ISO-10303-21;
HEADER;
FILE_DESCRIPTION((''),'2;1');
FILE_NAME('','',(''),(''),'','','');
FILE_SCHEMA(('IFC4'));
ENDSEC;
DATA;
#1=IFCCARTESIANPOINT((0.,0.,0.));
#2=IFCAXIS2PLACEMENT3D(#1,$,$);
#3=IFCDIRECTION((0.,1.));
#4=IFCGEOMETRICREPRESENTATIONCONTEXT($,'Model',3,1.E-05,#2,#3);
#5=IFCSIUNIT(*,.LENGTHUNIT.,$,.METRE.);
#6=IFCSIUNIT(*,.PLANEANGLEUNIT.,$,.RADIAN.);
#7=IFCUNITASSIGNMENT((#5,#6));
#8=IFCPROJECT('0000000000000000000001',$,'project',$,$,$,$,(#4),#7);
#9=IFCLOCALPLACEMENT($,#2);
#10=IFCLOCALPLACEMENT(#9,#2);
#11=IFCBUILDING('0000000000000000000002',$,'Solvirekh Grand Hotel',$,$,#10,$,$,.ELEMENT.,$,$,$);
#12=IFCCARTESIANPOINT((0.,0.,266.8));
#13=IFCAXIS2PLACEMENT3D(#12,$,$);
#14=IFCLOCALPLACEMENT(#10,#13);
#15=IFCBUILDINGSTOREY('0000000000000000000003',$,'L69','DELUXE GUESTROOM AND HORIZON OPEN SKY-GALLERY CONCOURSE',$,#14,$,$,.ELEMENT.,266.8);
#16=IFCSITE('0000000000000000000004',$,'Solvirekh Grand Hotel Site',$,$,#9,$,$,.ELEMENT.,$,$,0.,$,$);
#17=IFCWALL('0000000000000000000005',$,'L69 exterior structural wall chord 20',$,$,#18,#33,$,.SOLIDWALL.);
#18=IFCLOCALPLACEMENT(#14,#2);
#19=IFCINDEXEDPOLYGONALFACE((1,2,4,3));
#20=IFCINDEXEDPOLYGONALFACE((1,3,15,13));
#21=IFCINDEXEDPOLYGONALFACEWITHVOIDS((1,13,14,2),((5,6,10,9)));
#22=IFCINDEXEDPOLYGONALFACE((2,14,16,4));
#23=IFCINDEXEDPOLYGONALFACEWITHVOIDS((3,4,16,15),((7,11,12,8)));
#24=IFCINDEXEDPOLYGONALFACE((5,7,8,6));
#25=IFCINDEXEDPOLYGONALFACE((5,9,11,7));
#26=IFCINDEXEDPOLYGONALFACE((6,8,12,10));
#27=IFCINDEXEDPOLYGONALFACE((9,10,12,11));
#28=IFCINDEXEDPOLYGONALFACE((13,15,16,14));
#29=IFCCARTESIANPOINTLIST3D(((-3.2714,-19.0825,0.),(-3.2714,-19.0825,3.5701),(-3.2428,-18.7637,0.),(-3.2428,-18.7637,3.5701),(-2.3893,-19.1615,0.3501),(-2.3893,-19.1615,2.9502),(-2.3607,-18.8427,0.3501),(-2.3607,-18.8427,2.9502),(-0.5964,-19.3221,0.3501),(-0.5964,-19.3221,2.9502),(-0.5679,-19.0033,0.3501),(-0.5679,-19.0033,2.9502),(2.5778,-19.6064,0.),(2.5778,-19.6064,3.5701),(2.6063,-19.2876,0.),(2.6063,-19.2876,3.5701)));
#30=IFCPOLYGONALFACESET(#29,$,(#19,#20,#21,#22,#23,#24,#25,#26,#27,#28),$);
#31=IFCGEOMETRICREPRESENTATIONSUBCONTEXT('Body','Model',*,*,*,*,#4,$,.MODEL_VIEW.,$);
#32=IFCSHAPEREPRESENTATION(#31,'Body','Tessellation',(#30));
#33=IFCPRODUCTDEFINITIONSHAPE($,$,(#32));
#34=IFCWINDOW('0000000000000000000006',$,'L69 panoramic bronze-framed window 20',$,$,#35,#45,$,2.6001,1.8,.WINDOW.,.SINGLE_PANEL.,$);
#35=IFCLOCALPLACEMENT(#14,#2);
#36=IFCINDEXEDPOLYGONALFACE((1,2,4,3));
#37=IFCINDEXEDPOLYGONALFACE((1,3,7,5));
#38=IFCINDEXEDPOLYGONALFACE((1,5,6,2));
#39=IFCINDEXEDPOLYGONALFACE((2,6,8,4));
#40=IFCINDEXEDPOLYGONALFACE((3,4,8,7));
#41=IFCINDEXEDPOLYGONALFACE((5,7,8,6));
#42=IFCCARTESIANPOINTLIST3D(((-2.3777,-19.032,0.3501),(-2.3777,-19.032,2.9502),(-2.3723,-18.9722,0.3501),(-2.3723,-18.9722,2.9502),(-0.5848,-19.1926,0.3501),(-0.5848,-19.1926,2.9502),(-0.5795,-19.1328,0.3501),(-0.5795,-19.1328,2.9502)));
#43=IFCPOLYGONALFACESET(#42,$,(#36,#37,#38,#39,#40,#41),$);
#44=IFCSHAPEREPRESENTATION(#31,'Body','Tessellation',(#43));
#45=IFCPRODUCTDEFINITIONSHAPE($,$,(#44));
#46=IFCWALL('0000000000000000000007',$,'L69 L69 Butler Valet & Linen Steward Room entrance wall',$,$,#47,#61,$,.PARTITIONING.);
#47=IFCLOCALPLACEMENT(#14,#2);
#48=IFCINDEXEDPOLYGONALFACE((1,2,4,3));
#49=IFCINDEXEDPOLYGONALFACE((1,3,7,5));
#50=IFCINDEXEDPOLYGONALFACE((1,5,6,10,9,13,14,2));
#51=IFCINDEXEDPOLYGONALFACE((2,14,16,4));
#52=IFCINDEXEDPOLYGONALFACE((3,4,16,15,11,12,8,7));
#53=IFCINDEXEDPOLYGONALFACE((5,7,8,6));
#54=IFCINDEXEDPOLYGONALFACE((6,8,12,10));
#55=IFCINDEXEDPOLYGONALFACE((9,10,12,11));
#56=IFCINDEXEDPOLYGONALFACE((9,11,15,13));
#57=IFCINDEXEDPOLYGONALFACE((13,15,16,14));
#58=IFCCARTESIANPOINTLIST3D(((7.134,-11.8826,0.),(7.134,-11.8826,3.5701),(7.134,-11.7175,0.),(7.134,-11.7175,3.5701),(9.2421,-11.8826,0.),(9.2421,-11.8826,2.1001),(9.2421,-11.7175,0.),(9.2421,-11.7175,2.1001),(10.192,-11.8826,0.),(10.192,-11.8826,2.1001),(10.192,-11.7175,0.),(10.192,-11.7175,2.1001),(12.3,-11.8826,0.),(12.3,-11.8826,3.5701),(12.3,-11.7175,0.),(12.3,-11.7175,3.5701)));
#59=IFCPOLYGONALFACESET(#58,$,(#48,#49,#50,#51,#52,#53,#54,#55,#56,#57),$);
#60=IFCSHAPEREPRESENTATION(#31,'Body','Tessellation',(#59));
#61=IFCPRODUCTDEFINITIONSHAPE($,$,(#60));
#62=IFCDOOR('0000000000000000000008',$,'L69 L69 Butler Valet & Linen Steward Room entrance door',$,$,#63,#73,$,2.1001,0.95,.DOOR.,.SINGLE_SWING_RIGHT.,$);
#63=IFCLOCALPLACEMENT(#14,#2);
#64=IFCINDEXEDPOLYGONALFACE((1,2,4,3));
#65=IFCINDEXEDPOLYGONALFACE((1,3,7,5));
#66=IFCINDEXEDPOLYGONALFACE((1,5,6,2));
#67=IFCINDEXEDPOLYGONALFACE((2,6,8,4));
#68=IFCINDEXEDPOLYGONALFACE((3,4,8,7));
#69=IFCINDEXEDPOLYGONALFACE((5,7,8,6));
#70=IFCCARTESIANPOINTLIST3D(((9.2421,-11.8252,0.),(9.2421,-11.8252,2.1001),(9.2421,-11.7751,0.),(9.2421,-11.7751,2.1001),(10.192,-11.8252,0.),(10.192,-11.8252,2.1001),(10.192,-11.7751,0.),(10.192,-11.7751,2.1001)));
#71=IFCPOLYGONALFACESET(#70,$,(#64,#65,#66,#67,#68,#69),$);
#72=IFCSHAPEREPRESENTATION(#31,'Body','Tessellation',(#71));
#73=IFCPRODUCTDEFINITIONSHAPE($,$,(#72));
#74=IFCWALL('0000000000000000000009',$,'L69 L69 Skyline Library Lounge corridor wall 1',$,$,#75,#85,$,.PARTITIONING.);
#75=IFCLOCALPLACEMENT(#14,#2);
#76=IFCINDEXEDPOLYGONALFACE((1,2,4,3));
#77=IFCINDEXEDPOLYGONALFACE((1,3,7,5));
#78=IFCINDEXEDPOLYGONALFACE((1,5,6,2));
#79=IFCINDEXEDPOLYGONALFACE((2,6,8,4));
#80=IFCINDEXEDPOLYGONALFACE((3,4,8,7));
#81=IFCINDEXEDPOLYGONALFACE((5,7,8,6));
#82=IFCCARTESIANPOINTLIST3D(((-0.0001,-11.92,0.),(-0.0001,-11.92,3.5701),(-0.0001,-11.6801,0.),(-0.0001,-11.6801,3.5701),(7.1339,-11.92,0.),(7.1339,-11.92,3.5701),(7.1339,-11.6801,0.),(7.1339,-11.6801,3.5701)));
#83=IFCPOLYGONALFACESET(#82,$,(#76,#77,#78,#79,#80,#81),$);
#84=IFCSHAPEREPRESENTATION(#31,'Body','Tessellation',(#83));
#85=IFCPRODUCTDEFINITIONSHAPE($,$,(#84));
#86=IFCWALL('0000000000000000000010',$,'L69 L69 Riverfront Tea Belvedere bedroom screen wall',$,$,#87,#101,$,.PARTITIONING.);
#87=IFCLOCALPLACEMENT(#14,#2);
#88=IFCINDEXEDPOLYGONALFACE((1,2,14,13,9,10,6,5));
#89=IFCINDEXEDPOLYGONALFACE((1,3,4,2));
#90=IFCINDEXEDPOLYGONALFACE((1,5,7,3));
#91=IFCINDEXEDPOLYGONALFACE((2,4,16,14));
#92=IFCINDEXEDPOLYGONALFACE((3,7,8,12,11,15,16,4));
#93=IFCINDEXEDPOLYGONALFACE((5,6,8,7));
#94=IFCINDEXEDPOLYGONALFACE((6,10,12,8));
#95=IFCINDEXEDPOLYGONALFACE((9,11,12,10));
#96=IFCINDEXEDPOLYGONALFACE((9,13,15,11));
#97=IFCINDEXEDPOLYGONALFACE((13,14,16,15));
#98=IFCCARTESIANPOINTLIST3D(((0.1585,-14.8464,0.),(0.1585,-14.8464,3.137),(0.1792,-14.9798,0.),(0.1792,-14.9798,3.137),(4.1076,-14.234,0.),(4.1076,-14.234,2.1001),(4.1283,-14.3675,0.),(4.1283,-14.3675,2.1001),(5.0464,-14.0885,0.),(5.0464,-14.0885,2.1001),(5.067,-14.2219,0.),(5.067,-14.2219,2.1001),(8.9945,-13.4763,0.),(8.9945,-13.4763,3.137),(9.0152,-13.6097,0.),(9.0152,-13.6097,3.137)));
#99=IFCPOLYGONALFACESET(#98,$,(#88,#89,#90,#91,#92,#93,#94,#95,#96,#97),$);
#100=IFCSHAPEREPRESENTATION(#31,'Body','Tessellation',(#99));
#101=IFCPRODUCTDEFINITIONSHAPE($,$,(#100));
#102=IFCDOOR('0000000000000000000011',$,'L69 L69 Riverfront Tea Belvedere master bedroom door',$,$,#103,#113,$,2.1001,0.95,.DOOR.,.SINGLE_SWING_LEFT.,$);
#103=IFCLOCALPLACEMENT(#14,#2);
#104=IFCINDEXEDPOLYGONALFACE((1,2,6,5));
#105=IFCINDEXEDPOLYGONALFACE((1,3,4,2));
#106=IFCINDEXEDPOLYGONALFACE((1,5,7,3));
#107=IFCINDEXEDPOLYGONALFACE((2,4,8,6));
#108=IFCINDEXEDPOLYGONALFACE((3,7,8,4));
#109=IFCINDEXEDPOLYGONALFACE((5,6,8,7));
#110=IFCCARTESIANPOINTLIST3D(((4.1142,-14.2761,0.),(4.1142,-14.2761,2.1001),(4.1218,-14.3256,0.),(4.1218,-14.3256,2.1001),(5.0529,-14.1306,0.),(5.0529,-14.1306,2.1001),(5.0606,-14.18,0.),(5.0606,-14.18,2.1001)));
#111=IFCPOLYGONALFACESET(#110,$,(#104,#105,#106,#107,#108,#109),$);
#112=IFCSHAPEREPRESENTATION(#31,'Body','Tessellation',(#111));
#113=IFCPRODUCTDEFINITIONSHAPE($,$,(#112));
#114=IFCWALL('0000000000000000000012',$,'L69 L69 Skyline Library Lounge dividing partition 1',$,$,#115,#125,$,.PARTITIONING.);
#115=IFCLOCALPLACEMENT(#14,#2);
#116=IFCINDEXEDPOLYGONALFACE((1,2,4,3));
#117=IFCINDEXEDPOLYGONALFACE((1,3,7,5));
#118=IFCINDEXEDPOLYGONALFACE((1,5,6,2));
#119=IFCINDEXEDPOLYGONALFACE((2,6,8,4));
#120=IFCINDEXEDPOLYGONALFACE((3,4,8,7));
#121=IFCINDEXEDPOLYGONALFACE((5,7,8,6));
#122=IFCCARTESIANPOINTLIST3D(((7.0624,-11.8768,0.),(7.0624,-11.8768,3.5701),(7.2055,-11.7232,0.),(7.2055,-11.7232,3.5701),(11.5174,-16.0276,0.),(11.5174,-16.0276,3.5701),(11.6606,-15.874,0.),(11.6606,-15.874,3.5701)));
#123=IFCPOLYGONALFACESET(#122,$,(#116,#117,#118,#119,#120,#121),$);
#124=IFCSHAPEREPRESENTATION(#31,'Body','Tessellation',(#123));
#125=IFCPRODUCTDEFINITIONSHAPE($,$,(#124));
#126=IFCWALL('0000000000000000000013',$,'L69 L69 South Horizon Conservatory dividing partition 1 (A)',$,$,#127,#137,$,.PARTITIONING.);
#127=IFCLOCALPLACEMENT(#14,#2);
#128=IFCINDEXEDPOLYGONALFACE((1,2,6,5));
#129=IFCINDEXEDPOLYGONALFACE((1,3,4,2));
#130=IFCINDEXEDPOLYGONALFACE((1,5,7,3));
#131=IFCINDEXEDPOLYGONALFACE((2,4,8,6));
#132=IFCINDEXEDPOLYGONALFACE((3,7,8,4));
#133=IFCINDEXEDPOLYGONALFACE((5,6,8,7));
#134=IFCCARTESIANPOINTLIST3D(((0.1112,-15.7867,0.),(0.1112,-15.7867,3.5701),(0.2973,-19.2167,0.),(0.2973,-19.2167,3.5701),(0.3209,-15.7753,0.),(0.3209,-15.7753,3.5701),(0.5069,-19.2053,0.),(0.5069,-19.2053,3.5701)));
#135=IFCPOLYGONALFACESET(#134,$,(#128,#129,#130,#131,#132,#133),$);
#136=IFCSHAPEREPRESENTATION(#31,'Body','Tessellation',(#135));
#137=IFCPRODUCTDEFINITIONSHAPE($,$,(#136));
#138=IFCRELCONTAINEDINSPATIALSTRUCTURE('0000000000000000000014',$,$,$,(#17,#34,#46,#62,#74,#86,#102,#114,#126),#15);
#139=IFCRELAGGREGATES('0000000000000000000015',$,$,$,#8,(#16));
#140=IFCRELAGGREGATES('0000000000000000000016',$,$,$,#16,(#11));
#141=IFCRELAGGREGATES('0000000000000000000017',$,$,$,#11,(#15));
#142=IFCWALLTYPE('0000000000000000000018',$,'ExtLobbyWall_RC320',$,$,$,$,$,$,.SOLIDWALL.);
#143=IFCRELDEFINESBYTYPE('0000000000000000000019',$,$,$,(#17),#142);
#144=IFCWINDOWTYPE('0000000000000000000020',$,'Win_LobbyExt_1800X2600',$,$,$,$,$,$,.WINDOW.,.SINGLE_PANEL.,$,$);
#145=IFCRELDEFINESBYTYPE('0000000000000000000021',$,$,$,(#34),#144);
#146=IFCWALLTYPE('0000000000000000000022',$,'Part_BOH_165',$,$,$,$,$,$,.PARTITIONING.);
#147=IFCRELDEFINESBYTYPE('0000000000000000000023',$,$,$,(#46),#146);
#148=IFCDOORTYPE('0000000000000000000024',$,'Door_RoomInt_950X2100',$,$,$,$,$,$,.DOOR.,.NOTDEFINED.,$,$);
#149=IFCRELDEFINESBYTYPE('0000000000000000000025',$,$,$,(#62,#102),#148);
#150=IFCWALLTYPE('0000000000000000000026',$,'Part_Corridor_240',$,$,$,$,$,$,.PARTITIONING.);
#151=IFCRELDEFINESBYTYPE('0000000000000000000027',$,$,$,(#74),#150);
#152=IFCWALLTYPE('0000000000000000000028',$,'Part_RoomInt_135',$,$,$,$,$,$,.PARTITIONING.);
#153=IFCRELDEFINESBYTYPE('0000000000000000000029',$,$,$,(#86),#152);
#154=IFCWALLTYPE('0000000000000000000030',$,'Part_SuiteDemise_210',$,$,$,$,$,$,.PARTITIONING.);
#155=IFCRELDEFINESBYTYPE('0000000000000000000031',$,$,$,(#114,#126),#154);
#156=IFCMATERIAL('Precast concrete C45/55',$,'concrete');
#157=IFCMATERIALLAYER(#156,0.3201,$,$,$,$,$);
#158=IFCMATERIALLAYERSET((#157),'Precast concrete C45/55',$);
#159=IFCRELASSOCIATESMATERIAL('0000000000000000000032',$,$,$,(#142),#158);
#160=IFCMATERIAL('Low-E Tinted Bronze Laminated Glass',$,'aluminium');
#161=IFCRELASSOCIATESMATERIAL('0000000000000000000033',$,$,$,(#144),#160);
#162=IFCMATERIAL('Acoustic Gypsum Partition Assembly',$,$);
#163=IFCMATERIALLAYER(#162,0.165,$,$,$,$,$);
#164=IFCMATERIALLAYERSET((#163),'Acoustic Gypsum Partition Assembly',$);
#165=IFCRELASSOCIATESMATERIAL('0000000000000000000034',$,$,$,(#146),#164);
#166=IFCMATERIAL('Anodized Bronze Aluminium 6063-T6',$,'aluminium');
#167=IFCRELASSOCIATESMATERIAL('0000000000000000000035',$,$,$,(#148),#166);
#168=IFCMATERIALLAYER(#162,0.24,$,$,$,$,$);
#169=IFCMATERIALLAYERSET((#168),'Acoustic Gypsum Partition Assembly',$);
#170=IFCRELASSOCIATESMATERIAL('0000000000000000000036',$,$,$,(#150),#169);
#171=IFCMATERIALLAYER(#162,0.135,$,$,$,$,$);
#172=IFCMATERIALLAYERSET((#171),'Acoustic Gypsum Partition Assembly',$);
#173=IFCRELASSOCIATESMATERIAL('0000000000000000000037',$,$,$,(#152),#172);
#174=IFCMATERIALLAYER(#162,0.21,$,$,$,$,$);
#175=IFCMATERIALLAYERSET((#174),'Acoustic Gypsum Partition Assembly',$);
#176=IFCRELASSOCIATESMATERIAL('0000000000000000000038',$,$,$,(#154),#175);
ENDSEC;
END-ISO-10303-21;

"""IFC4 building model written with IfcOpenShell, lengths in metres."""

from ifc_helpers import new_model, si_unit, direction, frame, frame_2d, origin, place, context, subcontext, project, spatial, rectangle, extrude, material, layer, layer_set, type_object, element, fill, save


model = new_model("IFC4")

# Units and contexts
model_context = context("Model", 3, precision=1e-05, world=origin(), true_north=direction((0.0, 1.0)))
body_context = subcontext(model_context, "Body", "Model", "MODEL_VIEW")
ifc_project = project(units=[si_unit("LENGTHUNIT", "METRE"), si_unit("PLANEANGLEUNIT", "RADIAN")], contexts=[model_context])

# Site, building, storey
site_placement = place(None, origin())
site = spatial("IfcSite", under=ifc_project, at=site_placement, Name="Solvirekh Grand Hotel Site", CompositionType="ELEMENT", RefElevation=0.0)
building_placement = place(site_placement, origin())
building = spatial("IfcBuilding", under=site, at=building_placement, Name="Solvirekh Grand Hotel", CompositionType="ELEMENT")
storey_placement = place(building_placement, frame((0.0, 0.0, 266.8)))
storey = spatial("IfcBuildingStorey", under=building, at=storey_placement, Name="L69", Description="DELUXE GUESTROOM AND HORIZON OPEN SKY-GALLERY CONCOURSE", CompositionType="ELEMENT", Elevation=266.8)

# Shared definitions
ifc_material_1 = material(Name="Anodized Bronze Aluminium 6063-T6", Category="aluminium")
ifc_material_2 = material(Name="Low-E Tinted Bronze Laminated Glass", Category="aluminium")

# Wall, opening, window
ifc_material_3 = material(Name="Precast concrete C45/55", Category="concrete")
ifc_layer_1 = layer(ifc_material_3, 0.3201)
ifc_layer_set_1 = layer_set([ifc_layer_1], Name="Precast concrete C45/55")
wall_type_1 = type_object("IfcWallType", Name="ExtLobbyWall_RC320", PredefinedType="SOLIDWALL", material=ifc_layer_set_1)
wall_1_placement = place(storey_placement, frame((2.592, -19.447, 0.0), z_axis=(0.0, 0.0, 1.0), x_axis=(-0.996012, 0.089216, 0.0)))
wall_1 = element("IfcWall", 1, at=wall_1_placement, inside=storey, type_object=wall_type_1, Name="L69 exterior structural wall chord 20", PredefinedType="SOLIDWALL", context=body_context, shape_type="SweptSolid", body=[
    extrude(rectangle(XDim=5.8726, YDim=0.3201, at=frame_2d((2.9363, 0.0))), origin(), (0.0, 0.0, 1.0), 3.5701),
])
opening_1_placement = place(wall_1_placement, frame((3.187, 0.0, 0.3501)))
opening_1 = element("IfcOpeningElement", 2, at=opening_1_placement, cuts=wall_1, PredefinedType="OPENING", context=body_context, shape_type="SweptSolid", body=[
    extrude(rectangle(XDim=1.8, YDim=2.6001, at=frame_2d((0.8999, 1.3))), frame((0.0, 0.1699, 0.0), z_axis=(0.0, -1.0, 0.0), x_axis=(1.0, 0.0, 0.0)), (0.0, 0.0, 1.0), 0.3401),
])
window_type = type_object("IfcWindowType", Name="Win_LobbyExt_1800X2600", PartitioningType="SINGLE_PANEL", PredefinedType="WINDOW", material=ifc_material_2)
window_placement = place(opening_1_placement, origin())
window = element("IfcWindow", 3, at=window_placement, inside=storey, type_object=window_type, Name="L69 panoramic bronze-framed window 20", OverallHeight=2.6001, OverallWidth=1.8, PartitioningType="SINGLE_PANEL", PredefinedType="WINDOW", context=body_context, shape_type="SweptSolid", body=[
    extrude(rectangle(XDim=1.8, YDim=2.6001, at=frame_2d((0.8999, 1.3))), frame((0.0, 0.03, 0.0), z_axis=(0.0, -1.0, 0.0), x_axis=(1.0, 0.0, 0.0)), (0.0, 0.0, 1.0), 0.0601),
])
fill(opening_1, window)

# Wall, opening, door
ifc_material_4 = material(Name="Acoustic Gypsum Partition Assembly")
ifc_layer_2 = layer(ifc_material_4, 0.165)
ifc_layer_set_2 = layer_set([ifc_layer_2], Name="Acoustic Gypsum Partition Assembly")
wall_type_2 = type_object("IfcWallType", Name="Part_BOH_165", PredefinedType="PARTITIONING", material=ifc_layer_set_2)
wall_2_placement = place(storey_placement, frame((7.134, -11.8, 0.0), z_axis=(0.0, 0.0, 1.0), x_axis=(1.0, 0.0, 0.0)))
wall_2 = element("IfcWall", 4, at=wall_2_placement, inside=storey, type_object=wall_type_2, Name="L69 L69 Butler Valet & Linen Steward Room entrance wall", PredefinedType="PARTITIONING", context=body_context, shape_type="SweptSolid", body=[
    extrude(rectangle(XDim=5.166, YDim=0.165, at=frame_2d((2.583, 0.0))), origin(), (0.0, 0.0, 1.0), 3.5701),
])
opening_2_placement = place(wall_2_placement, frame((2.1079, 0.0, 0.0)))
opening_2 = element("IfcOpeningElement", 5, at=opening_2_placement, cuts=wall_2, PredefinedType="OPENING", context=body_context, shape_type="SweptSolid", body=[
    extrude(rectangle(XDim=0.95, YDim=2.1001, at=frame_2d((0.4751, 1.05))), frame((0.0, 0.0925, 0.0), z_axis=(0.0, -1.0, 0.0), x_axis=(1.0, 0.0, 0.0)), (0.0, 0.0, 1.0), 0.1851),
])
door_type = type_object("IfcDoorType", Name="Door_RoomInt_950X2100", OperationType="NOTDEFINED", PredefinedType="DOOR", material=ifc_material_1)
door_1_placement = place(opening_2_placement, origin())
door_1 = element("IfcDoor", 6, at=door_1_placement, inside=storey, type_object=door_type, Name="L69 L69 Butler Valet & Linen Steward Room entrance door", OperationType="SINGLE_SWING_RIGHT", OverallHeight=2.1001, OverallWidth=0.95, PredefinedType="DOOR", context=body_context, shape_type="SweptSolid", body=[
    extrude(rectangle(XDim=0.95, YDim=2.1001, at=frame_2d((0.4751, 1.05))), frame((0.0, 0.0249, 0.0), z_axis=(0.0, -1.0, 0.0), x_axis=(1.0, 0.0, 0.0)), (0.0, 0.0, 1.0), 0.05),
])
fill(opening_2, door_1)

# Wall
ifc_layer_3 = layer(ifc_material_4, 0.24)
ifc_layer_set_3 = layer_set([ifc_layer_3], Name="Acoustic Gypsum Partition Assembly")
wall_type_3 = type_object("IfcWallType", Name="Part_Corridor_240", PredefinedType="PARTITIONING", material=ifc_layer_set_3)
wall_3_placement = place(storey_placement, frame((0.0, -11.8, 0.0), z_axis=(0.0, 0.0, 1.0), x_axis=(1.0, 0.0, 0.0)))
element("IfcWall", 7, at=wall_3_placement, inside=storey, type_object=wall_type_3, Name="L69 L69 Skyline Library Lounge corridor wall 1", PredefinedType="PARTITIONING", context=body_context, shape_type="SweptSolid", body=[
    extrude(rectangle(XDim=7.134, YDim=0.24, at=frame_2d((3.5669, 0.0))), origin(), (0.0, 0.0, 1.0), 3.5701),
])

# Wall, opening, door
ifc_layer_4 = layer(ifc_material_4, 0.135)
ifc_layer_set_4 = layer_set([ifc_layer_4], Name="Acoustic Gypsum Partition Assembly")
wall_type_4 = type_object("IfcWallType", Name="Part_RoomInt_135", PredefinedType="PARTITIONING", material=ifc_layer_set_4)
wall_4_placement = place(storey_placement, frame((0.1689, -14.9131, 0.0), z_axis=(0.0, 0.0, 1.0), x_axis=(0.98819, 0.153231, 0.0)))
wall_4 = element("IfcWall", 8, at=wall_4_placement, inside=storey, type_object=wall_type_4, Name="L69 L69 Riverfront Tea Belvedere bedroom screen wall", PredefinedType="PARTITIONING", context=body_context, shape_type="SweptSolid", body=[
    extrude(rectangle(XDim=8.9417, YDim=0.135, at=frame_2d((4.4707, 0.0))), origin(), (0.0, 0.0, 1.0), 3.137),
])
opening_3_placement = place(wall_4_placement, frame((3.9961, 0.0, 0.0)))
opening_3 = element("IfcOpeningElement", 9, at=opening_3_placement, cuts=wall_4, PredefinedType="OPENING", context=body_context, shape_type="SweptSolid", body=[
    extrude(rectangle(XDim=0.95, YDim=2.1001, at=frame_2d((0.4751, 1.05))), frame((0.0, 0.0776, 0.0), z_axis=(0.0, -1.0, 0.0), x_axis=(1.0, 0.0, 0.0)), (0.0, 0.0, 1.0), 0.155),
])
door_2_placement = place(opening_3_placement, origin())
door_2 = element("IfcDoor", 10, at=door_2_placement, inside=storey, type_object=door_type, Name="L69 L69 Riverfront Tea Belvedere master bedroom door", OperationType="SINGLE_SWING_LEFT", OverallHeight=2.1001, OverallWidth=0.95, PredefinedType="DOOR", context=body_context, shape_type="SweptSolid", body=[
    extrude(rectangle(XDim=0.95, YDim=2.1001, at=frame_2d((0.4751, 1.05))), frame((0.0, 0.0249, 0.0), z_axis=(0.0, -1.0, 0.0), x_axis=(1.0, 0.0, 0.0)), (0.0, 0.0, 1.0), 0.05),
])
fill(opening_3, door_2)

# Walls
ifc_layer_5 = layer(ifc_material_4, 0.21)
ifc_layer_set_5 = layer_set([ifc_layer_5], Name="Acoustic Gypsum Partition Assembly")
wall_type_5 = type_object("IfcWallType", Name="Part_SuiteDemise_210", PredefinedType="PARTITIONING", material=ifc_layer_set_5)
wall_5_placement = place(storey_placement, frame((7.134, -11.8, 0.0), z_axis=(0.0, 0.0, 1.0), x_axis=(0.731644, -0.681687, 0.0)))
element("IfcWall", 11, at=wall_5_placement, inside=storey, type_object=wall_type_5, Name="L69 L69 Skyline Library Lounge dividing partition 1", PredefinedType="PARTITIONING", context=body_context, shape_type="SweptSolid", body=[
    extrude(rectangle(XDim=6.0891, YDim=0.21, at=frame_2d((3.0444, 0.0))), origin(), (0.0, 0.0, 1.0), 3.5701),
])
wall_6_placement = place(storey_placement, frame((0.2161, -15.781, 0.0), z_axis=(0.0, 0.0, 1.0), x_axis=(0.054159, -0.998532, 0.0)))
element("IfcWall", 12, at=wall_6_placement, inside=storey, type_object=wall_type_5, Name="L69 L69 South Horizon Conservatory dividing partition 1 (A)", PredefinedType="PARTITIONING", context=body_context, shape_type="SweptSolid", body=[
    extrude(rectangle(XDim=3.4351, YDim=0.21, at=frame_2d((1.7175, 0.0))), origin(), (0.0, 0.0, 1.0), 3.5701),
])

save(model, "model.ifc")
